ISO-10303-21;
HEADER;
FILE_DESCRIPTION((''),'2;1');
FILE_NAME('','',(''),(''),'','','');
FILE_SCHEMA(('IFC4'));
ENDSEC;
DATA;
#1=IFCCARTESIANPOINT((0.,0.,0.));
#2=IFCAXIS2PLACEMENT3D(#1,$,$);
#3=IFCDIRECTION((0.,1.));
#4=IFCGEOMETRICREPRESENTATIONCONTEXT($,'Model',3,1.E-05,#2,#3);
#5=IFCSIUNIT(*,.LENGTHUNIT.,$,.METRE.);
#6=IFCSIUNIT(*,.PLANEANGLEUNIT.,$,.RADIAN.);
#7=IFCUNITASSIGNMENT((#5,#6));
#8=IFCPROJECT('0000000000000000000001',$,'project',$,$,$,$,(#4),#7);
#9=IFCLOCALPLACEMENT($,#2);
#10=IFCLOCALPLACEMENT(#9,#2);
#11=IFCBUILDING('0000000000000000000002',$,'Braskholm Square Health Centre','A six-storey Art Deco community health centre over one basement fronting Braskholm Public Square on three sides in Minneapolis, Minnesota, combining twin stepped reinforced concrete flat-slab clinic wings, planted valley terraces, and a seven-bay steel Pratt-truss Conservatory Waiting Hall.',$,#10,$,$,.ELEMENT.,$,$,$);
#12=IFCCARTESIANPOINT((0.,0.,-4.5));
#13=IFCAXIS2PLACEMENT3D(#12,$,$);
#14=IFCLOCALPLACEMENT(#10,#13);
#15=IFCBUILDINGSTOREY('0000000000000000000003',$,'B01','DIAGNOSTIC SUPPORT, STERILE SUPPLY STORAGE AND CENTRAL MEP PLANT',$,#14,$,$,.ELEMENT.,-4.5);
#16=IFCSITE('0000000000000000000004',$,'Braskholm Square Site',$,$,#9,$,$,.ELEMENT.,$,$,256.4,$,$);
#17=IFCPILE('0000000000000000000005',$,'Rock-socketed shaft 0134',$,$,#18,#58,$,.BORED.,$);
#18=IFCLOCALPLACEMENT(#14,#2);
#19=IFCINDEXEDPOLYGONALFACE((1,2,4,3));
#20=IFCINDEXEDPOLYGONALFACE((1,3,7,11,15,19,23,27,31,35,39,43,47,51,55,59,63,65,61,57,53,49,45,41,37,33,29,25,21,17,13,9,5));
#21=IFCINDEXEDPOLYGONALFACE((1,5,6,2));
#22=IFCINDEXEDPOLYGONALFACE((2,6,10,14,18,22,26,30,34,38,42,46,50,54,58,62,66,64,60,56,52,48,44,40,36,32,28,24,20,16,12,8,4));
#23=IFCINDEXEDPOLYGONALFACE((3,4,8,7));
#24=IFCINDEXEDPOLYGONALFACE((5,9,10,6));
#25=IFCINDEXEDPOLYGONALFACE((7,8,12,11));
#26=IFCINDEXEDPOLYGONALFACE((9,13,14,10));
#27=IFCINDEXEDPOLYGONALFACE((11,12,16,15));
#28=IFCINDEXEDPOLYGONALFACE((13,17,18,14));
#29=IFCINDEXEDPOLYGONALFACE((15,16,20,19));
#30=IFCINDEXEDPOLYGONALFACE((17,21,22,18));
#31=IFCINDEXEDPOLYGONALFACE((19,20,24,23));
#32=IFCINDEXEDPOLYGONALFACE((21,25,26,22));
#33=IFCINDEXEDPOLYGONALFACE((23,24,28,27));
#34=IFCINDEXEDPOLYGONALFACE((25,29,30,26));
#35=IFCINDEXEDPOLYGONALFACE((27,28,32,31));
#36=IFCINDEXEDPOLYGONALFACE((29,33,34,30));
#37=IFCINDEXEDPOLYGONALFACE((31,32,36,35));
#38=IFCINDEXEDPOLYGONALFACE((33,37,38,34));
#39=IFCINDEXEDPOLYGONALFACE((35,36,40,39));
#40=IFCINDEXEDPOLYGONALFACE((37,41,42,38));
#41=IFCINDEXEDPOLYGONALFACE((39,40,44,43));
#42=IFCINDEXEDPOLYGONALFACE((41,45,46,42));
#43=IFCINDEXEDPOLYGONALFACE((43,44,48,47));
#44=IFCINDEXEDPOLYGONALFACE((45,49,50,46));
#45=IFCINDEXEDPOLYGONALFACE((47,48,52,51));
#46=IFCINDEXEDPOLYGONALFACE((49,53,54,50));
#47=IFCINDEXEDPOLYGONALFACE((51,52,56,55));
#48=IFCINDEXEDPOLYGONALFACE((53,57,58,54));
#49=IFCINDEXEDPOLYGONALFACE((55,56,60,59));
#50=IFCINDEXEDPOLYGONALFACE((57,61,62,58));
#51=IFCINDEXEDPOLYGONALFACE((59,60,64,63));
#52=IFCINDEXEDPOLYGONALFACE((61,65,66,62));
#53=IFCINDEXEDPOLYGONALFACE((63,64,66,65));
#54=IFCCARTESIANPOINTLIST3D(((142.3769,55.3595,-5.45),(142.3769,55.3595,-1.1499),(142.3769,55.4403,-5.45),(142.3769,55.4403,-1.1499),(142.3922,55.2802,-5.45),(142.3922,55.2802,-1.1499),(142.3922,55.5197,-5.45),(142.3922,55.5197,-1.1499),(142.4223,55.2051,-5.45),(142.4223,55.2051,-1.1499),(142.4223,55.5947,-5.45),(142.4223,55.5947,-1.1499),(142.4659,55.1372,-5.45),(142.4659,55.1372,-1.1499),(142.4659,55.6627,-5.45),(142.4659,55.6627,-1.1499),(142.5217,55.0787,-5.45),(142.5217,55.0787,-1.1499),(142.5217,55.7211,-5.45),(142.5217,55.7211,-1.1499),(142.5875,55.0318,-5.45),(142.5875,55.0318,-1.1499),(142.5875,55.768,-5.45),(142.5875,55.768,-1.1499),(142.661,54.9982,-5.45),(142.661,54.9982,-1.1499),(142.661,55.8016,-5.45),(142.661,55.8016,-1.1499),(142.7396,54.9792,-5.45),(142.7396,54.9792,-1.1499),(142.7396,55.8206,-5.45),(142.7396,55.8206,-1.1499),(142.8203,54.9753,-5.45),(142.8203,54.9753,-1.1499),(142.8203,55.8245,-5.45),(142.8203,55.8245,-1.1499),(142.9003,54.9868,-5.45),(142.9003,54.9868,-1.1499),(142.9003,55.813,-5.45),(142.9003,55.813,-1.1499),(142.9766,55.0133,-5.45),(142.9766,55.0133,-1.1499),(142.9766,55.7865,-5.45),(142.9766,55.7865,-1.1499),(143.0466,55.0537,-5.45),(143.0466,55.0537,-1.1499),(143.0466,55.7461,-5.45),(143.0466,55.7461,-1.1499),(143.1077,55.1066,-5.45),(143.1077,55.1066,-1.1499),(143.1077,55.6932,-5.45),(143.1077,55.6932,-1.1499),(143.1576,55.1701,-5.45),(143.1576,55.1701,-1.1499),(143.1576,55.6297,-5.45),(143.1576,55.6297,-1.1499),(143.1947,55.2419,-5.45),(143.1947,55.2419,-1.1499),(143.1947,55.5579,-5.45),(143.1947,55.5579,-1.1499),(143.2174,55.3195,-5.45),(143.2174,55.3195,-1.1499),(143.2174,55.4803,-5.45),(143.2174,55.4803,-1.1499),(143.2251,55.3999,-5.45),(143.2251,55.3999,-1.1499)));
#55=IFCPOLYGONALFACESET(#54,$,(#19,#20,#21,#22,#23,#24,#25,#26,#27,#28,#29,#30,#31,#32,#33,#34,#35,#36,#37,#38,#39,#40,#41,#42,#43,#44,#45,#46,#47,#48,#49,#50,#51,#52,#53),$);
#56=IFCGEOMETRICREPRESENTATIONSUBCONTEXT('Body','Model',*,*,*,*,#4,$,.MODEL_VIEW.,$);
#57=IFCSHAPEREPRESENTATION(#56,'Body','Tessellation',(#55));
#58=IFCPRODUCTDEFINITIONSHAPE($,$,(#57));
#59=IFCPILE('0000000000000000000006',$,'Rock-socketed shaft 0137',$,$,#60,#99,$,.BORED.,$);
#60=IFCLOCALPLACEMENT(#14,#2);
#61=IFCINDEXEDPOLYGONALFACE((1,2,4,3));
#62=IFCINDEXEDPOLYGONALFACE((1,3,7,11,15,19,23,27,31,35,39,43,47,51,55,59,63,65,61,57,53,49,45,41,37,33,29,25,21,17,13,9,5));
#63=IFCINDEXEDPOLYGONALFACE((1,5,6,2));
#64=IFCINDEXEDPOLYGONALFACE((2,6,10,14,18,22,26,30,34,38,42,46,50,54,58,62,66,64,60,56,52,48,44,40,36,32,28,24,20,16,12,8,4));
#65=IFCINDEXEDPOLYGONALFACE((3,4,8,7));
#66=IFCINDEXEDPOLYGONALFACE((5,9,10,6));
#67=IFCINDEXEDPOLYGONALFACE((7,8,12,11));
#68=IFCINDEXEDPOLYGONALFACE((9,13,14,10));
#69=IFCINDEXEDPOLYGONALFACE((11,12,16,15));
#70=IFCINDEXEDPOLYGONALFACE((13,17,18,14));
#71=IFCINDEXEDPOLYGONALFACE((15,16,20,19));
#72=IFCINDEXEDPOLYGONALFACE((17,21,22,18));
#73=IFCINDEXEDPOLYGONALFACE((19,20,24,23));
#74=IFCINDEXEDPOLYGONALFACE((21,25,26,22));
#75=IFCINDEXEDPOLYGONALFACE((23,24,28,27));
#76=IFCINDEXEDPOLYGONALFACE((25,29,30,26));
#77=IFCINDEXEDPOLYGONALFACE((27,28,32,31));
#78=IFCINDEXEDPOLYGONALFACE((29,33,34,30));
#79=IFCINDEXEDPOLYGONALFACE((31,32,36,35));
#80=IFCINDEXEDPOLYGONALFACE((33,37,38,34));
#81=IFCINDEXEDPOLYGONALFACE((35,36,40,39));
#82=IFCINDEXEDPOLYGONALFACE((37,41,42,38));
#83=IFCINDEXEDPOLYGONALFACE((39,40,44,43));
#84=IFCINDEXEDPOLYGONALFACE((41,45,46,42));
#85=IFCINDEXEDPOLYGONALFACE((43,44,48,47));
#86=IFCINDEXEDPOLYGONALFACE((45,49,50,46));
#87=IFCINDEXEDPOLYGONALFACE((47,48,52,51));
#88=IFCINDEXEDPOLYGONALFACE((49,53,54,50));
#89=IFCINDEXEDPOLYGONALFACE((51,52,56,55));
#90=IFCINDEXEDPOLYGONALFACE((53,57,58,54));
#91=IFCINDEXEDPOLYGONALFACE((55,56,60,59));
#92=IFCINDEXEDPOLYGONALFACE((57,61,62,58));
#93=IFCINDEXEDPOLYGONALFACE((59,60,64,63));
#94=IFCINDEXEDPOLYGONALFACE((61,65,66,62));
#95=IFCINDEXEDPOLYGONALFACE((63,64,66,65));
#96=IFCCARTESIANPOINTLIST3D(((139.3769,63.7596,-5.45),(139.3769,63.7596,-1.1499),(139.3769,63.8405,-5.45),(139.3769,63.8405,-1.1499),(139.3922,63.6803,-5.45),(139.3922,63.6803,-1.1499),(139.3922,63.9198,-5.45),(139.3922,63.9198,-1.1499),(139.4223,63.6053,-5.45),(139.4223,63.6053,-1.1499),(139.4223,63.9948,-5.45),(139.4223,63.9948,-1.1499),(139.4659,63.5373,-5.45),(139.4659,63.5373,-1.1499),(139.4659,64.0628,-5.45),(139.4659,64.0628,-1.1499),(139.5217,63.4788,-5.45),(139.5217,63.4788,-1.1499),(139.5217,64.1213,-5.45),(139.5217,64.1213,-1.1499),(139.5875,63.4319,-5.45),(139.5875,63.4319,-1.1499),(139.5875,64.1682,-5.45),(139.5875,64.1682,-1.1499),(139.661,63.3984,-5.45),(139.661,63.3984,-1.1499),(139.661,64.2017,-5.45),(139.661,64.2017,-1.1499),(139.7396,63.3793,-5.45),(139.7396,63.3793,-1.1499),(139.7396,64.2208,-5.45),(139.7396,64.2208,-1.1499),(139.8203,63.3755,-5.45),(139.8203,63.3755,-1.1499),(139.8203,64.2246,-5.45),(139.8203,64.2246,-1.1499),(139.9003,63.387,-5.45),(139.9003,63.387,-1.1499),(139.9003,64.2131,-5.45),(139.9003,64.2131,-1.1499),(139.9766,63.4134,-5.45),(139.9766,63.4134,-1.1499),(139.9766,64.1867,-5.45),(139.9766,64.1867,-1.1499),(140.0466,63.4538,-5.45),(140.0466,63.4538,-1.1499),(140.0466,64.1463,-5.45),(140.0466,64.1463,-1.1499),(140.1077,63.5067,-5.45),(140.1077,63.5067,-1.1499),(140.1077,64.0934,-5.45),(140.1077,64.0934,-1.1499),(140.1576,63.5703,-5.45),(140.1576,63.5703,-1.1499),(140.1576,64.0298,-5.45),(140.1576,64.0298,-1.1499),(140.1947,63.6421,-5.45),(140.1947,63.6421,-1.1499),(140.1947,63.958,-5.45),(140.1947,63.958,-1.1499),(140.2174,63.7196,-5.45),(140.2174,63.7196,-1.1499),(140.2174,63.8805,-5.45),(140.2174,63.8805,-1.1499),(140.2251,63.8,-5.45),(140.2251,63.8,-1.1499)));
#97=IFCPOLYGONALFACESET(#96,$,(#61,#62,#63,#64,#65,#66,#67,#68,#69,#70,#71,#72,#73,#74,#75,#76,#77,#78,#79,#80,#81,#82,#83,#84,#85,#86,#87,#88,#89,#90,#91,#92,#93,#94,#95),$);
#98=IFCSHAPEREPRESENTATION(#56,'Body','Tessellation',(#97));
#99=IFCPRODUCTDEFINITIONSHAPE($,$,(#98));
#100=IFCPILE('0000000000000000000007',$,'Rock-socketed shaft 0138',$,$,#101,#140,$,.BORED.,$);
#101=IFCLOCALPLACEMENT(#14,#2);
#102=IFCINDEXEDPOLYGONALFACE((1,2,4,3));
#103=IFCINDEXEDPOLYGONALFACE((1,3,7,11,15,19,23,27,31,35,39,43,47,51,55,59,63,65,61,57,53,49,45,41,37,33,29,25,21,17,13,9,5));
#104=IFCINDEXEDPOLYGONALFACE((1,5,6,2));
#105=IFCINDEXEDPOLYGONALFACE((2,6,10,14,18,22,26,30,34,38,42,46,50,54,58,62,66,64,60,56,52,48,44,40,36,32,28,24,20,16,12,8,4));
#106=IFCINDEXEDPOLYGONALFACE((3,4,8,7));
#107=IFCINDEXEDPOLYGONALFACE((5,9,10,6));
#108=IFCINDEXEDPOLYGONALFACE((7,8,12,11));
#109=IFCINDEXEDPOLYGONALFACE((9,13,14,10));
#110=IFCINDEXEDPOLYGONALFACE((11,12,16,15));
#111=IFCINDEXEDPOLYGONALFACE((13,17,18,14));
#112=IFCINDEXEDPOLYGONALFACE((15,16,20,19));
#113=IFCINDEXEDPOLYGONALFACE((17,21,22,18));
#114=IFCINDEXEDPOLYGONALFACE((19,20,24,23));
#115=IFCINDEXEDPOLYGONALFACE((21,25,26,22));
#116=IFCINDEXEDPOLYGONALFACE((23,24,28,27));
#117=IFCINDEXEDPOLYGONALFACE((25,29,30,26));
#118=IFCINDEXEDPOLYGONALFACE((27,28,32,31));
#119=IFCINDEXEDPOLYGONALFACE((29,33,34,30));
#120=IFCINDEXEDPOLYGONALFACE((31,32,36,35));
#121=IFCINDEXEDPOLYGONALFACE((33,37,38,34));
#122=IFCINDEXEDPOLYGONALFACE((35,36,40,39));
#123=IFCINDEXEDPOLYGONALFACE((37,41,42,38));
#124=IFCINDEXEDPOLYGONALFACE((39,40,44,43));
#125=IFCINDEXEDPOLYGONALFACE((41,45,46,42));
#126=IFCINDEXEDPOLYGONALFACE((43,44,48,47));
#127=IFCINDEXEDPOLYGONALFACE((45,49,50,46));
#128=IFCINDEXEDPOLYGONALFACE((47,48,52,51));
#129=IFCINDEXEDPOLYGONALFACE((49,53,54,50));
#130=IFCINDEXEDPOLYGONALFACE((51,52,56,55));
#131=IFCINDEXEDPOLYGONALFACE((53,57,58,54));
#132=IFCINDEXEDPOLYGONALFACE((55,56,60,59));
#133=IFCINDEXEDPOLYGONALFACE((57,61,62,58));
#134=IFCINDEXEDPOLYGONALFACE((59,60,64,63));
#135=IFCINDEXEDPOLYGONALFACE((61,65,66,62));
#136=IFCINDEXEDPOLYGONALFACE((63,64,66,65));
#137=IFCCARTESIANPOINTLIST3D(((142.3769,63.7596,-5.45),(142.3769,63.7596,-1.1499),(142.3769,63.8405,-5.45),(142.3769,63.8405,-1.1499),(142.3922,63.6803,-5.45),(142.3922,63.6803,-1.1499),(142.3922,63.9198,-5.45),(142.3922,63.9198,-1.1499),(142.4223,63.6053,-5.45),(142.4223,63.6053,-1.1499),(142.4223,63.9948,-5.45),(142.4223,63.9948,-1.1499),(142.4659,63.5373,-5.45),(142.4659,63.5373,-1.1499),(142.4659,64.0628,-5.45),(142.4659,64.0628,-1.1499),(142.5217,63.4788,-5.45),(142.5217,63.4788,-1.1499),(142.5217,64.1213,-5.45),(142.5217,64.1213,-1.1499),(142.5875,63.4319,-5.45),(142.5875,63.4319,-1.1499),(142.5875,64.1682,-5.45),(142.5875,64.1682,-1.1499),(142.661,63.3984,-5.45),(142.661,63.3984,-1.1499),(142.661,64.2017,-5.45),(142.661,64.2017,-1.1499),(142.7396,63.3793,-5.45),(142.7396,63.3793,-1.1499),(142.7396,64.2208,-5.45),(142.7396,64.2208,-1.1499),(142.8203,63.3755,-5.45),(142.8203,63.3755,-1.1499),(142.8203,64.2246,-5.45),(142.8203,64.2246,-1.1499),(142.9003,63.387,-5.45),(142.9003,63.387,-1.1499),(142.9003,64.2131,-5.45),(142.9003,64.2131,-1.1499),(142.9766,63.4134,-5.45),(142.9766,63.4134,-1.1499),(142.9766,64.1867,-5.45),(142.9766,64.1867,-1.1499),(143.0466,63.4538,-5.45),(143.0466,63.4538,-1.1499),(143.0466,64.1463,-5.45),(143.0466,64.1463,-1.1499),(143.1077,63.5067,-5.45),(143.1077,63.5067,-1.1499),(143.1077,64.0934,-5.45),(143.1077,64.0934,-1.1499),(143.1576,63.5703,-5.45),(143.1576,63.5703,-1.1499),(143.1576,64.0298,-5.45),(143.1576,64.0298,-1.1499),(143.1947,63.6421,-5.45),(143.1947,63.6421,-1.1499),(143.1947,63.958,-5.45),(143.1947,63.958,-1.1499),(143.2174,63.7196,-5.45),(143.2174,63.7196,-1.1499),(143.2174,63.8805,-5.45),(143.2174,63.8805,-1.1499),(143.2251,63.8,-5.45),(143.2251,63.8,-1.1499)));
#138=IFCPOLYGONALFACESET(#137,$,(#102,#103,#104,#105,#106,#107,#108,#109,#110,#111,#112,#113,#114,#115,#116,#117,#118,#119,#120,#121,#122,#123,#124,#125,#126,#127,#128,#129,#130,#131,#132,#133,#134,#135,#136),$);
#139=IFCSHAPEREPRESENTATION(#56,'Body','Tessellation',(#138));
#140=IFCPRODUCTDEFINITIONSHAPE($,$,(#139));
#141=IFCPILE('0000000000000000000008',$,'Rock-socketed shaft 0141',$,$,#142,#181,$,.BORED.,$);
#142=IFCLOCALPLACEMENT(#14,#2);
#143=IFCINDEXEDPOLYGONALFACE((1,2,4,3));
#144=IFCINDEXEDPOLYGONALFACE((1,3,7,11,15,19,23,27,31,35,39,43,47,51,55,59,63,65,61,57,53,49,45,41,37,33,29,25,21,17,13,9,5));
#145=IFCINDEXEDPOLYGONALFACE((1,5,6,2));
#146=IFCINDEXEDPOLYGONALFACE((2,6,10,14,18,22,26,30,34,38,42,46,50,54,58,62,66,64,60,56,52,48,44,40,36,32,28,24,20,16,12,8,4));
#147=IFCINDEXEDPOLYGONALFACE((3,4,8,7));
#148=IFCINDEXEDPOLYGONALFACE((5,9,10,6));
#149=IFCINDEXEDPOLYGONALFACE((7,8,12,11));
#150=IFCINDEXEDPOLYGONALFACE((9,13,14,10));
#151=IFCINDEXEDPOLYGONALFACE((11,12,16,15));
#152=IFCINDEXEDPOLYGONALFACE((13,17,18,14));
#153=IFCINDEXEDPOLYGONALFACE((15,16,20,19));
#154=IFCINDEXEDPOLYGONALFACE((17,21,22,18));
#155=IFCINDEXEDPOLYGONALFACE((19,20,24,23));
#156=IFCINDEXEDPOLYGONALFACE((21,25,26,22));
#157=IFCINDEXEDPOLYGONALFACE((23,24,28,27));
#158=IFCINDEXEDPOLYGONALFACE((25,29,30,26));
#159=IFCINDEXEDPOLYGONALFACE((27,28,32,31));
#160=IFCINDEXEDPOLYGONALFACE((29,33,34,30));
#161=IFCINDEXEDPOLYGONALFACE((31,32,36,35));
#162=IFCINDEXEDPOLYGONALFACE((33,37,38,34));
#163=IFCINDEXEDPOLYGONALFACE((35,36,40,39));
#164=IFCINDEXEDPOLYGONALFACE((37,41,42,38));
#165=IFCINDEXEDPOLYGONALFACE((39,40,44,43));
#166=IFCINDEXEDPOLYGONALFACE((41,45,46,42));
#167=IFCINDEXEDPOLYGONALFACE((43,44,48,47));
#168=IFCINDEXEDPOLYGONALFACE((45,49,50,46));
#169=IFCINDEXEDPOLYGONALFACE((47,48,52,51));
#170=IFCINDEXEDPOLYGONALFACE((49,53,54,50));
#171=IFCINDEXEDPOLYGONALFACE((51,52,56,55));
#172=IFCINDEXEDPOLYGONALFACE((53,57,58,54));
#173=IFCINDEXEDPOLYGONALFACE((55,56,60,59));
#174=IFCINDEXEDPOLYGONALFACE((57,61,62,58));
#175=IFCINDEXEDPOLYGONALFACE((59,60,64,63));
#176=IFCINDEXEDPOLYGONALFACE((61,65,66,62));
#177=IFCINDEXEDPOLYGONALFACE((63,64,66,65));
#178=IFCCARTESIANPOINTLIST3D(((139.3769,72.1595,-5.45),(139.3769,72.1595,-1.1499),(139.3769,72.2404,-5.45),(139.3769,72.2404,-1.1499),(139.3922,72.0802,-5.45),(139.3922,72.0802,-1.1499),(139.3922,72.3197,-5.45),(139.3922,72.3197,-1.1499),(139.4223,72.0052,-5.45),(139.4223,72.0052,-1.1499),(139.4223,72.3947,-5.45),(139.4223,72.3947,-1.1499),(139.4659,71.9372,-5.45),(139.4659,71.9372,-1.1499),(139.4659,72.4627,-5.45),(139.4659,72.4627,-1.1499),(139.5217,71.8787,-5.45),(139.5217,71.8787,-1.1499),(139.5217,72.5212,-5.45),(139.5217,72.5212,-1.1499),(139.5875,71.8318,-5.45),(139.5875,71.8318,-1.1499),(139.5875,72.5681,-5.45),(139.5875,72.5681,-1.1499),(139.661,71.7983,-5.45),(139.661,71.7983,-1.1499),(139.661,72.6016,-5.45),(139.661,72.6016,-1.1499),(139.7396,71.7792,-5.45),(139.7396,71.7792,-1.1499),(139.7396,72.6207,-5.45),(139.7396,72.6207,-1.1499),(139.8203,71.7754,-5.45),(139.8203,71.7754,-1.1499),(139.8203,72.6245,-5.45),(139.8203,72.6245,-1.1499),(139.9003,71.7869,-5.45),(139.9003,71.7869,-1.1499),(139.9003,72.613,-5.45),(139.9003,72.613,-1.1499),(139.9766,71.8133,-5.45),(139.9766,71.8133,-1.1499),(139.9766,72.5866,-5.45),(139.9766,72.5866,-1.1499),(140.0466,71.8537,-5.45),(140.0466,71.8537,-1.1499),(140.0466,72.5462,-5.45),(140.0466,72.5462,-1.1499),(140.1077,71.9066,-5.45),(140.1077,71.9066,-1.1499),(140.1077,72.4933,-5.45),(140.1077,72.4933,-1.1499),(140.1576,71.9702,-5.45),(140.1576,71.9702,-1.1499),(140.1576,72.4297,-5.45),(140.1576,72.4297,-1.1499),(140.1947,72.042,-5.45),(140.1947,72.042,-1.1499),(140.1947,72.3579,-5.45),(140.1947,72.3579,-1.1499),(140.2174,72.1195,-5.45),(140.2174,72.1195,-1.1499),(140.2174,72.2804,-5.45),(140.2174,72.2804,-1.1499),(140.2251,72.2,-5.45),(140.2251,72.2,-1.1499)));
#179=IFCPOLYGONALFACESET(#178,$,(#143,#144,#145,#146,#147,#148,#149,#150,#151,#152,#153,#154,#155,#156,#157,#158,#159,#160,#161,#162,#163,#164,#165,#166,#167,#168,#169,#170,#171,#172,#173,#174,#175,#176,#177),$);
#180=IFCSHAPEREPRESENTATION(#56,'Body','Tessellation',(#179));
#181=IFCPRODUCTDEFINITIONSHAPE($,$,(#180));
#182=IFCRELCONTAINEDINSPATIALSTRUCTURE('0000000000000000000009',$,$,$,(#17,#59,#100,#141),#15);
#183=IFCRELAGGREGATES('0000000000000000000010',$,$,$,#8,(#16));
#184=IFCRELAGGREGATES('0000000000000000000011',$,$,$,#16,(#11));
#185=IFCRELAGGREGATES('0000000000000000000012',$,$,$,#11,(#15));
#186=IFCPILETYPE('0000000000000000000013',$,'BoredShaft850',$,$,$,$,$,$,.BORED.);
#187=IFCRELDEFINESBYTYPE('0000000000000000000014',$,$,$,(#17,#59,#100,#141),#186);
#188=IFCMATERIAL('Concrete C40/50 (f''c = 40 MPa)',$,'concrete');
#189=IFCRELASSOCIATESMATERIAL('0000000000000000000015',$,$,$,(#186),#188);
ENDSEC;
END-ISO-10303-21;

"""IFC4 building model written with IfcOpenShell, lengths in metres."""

from ifc_helpers import new_model, si_unit, direction, frame, origin, origin_2d, place, context, subcontext, project, spatial, circle, extrude, material, material_profile, profile_set, type_object, element, save


model = new_model("IFC4")

# Units and contexts
model_context = context("Model", 3, precision=1e-05, world=origin(), true_north=direction((0.0, 1.0)))
body_context = subcontext(model_context, "Body", "Model", "MODEL_VIEW")
ifc_project = project(units=[si_unit("LENGTHUNIT", "METRE"), si_unit("PLANEANGLEUNIT", "RADIAN")], contexts=[model_context])

# Site, building, storey
site_placement = place(None, origin())
site = spatial("IfcSite", under=ifc_project, at=site_placement, Name="Braskholm Square Site", CompositionType="ELEMENT", RefElevation=256.4)
building_placement = place(site_placement, origin())
building = spatial("IfcBuilding", under=site, at=building_placement, Name="Braskholm Square Health Centre", Description="A six-storey Art Deco community health centre over one basement fronting Braskholm Public Square on three sides in Minneapolis, Minnesota, combining twin stepped reinforced concrete flat-slab clinic wings, planted valley terraces, and a seven-bay steel Pratt-truss Conservatory Waiting Hall.", CompositionType="ELEMENT")
storey_placement = place(building_placement, frame((0.0, 0.0, -4.5)))
storey = spatial("IfcBuildingStorey", under=building, at=storey_placement, Name="B01", Description="DIAGNOSTIC SUPPORT, STERILE SUPPLY STORAGE AND CENTRAL MEP PLANT", CompositionType="ELEMENT", Elevation=-4.5)

# Piles
ifc_material_1 = material(Name="Concrete C40/50 (f'c = 40 MPa)", Category="concrete")
ifc_material_profile_1 = material_profile(ifc_material_1, circle(Radius=0.425, at=origin_2d()), Name="BORED-PILE-850")
ifc_profile_set_1 = profile_set([ifc_material_profile_1], Name="Concrete C40/50 (f'c = 40 MPa)")
pile_type_1 = type_object("IfcPileType", Name="BoredShaft850", PredefinedType="BORED", material=ifc_profile_set_1)
for number, where, z_axis, x_axis, name in (
    (1, (142.8, 55.3999, -1.1499), (0.0, 0.0, -1.0), (1.0, 0.0, 0.0), "Rock-socketed shaft 0134"),
    (2, (139.8, 63.8, -1.1499), (0.0, 0.0, -1.0), (1.0, 0.0, 0.0), "Rock-socketed shaft 0137"),
    (3, (142.8, 63.8, -1.1499), (0.0, 0.0, -1.0), (1.0, 0.0, 0.0), "Rock-socketed shaft 0138"),
    (4, (139.8, 72.2, -1.1499), (0.0, 0.0, -1.0), (1.0, 0.0, 0.0), "Rock-socketed shaft 0141"),
):
    element("IfcPile", number, at=place(storey_placement, frame(where, z_axis=z_axis, x_axis=x_axis)), inside=storey, type_object=pile_type_1, Name=name, PredefinedType="BORED", context=body_context, shape_type="SweptSolid", body=[
        extrude(circle(Radius=0.425, at=origin_2d()), origin(), (0.0, 0.0, 1.0), 4.3),
    ])

save(model, "model.ifc")
